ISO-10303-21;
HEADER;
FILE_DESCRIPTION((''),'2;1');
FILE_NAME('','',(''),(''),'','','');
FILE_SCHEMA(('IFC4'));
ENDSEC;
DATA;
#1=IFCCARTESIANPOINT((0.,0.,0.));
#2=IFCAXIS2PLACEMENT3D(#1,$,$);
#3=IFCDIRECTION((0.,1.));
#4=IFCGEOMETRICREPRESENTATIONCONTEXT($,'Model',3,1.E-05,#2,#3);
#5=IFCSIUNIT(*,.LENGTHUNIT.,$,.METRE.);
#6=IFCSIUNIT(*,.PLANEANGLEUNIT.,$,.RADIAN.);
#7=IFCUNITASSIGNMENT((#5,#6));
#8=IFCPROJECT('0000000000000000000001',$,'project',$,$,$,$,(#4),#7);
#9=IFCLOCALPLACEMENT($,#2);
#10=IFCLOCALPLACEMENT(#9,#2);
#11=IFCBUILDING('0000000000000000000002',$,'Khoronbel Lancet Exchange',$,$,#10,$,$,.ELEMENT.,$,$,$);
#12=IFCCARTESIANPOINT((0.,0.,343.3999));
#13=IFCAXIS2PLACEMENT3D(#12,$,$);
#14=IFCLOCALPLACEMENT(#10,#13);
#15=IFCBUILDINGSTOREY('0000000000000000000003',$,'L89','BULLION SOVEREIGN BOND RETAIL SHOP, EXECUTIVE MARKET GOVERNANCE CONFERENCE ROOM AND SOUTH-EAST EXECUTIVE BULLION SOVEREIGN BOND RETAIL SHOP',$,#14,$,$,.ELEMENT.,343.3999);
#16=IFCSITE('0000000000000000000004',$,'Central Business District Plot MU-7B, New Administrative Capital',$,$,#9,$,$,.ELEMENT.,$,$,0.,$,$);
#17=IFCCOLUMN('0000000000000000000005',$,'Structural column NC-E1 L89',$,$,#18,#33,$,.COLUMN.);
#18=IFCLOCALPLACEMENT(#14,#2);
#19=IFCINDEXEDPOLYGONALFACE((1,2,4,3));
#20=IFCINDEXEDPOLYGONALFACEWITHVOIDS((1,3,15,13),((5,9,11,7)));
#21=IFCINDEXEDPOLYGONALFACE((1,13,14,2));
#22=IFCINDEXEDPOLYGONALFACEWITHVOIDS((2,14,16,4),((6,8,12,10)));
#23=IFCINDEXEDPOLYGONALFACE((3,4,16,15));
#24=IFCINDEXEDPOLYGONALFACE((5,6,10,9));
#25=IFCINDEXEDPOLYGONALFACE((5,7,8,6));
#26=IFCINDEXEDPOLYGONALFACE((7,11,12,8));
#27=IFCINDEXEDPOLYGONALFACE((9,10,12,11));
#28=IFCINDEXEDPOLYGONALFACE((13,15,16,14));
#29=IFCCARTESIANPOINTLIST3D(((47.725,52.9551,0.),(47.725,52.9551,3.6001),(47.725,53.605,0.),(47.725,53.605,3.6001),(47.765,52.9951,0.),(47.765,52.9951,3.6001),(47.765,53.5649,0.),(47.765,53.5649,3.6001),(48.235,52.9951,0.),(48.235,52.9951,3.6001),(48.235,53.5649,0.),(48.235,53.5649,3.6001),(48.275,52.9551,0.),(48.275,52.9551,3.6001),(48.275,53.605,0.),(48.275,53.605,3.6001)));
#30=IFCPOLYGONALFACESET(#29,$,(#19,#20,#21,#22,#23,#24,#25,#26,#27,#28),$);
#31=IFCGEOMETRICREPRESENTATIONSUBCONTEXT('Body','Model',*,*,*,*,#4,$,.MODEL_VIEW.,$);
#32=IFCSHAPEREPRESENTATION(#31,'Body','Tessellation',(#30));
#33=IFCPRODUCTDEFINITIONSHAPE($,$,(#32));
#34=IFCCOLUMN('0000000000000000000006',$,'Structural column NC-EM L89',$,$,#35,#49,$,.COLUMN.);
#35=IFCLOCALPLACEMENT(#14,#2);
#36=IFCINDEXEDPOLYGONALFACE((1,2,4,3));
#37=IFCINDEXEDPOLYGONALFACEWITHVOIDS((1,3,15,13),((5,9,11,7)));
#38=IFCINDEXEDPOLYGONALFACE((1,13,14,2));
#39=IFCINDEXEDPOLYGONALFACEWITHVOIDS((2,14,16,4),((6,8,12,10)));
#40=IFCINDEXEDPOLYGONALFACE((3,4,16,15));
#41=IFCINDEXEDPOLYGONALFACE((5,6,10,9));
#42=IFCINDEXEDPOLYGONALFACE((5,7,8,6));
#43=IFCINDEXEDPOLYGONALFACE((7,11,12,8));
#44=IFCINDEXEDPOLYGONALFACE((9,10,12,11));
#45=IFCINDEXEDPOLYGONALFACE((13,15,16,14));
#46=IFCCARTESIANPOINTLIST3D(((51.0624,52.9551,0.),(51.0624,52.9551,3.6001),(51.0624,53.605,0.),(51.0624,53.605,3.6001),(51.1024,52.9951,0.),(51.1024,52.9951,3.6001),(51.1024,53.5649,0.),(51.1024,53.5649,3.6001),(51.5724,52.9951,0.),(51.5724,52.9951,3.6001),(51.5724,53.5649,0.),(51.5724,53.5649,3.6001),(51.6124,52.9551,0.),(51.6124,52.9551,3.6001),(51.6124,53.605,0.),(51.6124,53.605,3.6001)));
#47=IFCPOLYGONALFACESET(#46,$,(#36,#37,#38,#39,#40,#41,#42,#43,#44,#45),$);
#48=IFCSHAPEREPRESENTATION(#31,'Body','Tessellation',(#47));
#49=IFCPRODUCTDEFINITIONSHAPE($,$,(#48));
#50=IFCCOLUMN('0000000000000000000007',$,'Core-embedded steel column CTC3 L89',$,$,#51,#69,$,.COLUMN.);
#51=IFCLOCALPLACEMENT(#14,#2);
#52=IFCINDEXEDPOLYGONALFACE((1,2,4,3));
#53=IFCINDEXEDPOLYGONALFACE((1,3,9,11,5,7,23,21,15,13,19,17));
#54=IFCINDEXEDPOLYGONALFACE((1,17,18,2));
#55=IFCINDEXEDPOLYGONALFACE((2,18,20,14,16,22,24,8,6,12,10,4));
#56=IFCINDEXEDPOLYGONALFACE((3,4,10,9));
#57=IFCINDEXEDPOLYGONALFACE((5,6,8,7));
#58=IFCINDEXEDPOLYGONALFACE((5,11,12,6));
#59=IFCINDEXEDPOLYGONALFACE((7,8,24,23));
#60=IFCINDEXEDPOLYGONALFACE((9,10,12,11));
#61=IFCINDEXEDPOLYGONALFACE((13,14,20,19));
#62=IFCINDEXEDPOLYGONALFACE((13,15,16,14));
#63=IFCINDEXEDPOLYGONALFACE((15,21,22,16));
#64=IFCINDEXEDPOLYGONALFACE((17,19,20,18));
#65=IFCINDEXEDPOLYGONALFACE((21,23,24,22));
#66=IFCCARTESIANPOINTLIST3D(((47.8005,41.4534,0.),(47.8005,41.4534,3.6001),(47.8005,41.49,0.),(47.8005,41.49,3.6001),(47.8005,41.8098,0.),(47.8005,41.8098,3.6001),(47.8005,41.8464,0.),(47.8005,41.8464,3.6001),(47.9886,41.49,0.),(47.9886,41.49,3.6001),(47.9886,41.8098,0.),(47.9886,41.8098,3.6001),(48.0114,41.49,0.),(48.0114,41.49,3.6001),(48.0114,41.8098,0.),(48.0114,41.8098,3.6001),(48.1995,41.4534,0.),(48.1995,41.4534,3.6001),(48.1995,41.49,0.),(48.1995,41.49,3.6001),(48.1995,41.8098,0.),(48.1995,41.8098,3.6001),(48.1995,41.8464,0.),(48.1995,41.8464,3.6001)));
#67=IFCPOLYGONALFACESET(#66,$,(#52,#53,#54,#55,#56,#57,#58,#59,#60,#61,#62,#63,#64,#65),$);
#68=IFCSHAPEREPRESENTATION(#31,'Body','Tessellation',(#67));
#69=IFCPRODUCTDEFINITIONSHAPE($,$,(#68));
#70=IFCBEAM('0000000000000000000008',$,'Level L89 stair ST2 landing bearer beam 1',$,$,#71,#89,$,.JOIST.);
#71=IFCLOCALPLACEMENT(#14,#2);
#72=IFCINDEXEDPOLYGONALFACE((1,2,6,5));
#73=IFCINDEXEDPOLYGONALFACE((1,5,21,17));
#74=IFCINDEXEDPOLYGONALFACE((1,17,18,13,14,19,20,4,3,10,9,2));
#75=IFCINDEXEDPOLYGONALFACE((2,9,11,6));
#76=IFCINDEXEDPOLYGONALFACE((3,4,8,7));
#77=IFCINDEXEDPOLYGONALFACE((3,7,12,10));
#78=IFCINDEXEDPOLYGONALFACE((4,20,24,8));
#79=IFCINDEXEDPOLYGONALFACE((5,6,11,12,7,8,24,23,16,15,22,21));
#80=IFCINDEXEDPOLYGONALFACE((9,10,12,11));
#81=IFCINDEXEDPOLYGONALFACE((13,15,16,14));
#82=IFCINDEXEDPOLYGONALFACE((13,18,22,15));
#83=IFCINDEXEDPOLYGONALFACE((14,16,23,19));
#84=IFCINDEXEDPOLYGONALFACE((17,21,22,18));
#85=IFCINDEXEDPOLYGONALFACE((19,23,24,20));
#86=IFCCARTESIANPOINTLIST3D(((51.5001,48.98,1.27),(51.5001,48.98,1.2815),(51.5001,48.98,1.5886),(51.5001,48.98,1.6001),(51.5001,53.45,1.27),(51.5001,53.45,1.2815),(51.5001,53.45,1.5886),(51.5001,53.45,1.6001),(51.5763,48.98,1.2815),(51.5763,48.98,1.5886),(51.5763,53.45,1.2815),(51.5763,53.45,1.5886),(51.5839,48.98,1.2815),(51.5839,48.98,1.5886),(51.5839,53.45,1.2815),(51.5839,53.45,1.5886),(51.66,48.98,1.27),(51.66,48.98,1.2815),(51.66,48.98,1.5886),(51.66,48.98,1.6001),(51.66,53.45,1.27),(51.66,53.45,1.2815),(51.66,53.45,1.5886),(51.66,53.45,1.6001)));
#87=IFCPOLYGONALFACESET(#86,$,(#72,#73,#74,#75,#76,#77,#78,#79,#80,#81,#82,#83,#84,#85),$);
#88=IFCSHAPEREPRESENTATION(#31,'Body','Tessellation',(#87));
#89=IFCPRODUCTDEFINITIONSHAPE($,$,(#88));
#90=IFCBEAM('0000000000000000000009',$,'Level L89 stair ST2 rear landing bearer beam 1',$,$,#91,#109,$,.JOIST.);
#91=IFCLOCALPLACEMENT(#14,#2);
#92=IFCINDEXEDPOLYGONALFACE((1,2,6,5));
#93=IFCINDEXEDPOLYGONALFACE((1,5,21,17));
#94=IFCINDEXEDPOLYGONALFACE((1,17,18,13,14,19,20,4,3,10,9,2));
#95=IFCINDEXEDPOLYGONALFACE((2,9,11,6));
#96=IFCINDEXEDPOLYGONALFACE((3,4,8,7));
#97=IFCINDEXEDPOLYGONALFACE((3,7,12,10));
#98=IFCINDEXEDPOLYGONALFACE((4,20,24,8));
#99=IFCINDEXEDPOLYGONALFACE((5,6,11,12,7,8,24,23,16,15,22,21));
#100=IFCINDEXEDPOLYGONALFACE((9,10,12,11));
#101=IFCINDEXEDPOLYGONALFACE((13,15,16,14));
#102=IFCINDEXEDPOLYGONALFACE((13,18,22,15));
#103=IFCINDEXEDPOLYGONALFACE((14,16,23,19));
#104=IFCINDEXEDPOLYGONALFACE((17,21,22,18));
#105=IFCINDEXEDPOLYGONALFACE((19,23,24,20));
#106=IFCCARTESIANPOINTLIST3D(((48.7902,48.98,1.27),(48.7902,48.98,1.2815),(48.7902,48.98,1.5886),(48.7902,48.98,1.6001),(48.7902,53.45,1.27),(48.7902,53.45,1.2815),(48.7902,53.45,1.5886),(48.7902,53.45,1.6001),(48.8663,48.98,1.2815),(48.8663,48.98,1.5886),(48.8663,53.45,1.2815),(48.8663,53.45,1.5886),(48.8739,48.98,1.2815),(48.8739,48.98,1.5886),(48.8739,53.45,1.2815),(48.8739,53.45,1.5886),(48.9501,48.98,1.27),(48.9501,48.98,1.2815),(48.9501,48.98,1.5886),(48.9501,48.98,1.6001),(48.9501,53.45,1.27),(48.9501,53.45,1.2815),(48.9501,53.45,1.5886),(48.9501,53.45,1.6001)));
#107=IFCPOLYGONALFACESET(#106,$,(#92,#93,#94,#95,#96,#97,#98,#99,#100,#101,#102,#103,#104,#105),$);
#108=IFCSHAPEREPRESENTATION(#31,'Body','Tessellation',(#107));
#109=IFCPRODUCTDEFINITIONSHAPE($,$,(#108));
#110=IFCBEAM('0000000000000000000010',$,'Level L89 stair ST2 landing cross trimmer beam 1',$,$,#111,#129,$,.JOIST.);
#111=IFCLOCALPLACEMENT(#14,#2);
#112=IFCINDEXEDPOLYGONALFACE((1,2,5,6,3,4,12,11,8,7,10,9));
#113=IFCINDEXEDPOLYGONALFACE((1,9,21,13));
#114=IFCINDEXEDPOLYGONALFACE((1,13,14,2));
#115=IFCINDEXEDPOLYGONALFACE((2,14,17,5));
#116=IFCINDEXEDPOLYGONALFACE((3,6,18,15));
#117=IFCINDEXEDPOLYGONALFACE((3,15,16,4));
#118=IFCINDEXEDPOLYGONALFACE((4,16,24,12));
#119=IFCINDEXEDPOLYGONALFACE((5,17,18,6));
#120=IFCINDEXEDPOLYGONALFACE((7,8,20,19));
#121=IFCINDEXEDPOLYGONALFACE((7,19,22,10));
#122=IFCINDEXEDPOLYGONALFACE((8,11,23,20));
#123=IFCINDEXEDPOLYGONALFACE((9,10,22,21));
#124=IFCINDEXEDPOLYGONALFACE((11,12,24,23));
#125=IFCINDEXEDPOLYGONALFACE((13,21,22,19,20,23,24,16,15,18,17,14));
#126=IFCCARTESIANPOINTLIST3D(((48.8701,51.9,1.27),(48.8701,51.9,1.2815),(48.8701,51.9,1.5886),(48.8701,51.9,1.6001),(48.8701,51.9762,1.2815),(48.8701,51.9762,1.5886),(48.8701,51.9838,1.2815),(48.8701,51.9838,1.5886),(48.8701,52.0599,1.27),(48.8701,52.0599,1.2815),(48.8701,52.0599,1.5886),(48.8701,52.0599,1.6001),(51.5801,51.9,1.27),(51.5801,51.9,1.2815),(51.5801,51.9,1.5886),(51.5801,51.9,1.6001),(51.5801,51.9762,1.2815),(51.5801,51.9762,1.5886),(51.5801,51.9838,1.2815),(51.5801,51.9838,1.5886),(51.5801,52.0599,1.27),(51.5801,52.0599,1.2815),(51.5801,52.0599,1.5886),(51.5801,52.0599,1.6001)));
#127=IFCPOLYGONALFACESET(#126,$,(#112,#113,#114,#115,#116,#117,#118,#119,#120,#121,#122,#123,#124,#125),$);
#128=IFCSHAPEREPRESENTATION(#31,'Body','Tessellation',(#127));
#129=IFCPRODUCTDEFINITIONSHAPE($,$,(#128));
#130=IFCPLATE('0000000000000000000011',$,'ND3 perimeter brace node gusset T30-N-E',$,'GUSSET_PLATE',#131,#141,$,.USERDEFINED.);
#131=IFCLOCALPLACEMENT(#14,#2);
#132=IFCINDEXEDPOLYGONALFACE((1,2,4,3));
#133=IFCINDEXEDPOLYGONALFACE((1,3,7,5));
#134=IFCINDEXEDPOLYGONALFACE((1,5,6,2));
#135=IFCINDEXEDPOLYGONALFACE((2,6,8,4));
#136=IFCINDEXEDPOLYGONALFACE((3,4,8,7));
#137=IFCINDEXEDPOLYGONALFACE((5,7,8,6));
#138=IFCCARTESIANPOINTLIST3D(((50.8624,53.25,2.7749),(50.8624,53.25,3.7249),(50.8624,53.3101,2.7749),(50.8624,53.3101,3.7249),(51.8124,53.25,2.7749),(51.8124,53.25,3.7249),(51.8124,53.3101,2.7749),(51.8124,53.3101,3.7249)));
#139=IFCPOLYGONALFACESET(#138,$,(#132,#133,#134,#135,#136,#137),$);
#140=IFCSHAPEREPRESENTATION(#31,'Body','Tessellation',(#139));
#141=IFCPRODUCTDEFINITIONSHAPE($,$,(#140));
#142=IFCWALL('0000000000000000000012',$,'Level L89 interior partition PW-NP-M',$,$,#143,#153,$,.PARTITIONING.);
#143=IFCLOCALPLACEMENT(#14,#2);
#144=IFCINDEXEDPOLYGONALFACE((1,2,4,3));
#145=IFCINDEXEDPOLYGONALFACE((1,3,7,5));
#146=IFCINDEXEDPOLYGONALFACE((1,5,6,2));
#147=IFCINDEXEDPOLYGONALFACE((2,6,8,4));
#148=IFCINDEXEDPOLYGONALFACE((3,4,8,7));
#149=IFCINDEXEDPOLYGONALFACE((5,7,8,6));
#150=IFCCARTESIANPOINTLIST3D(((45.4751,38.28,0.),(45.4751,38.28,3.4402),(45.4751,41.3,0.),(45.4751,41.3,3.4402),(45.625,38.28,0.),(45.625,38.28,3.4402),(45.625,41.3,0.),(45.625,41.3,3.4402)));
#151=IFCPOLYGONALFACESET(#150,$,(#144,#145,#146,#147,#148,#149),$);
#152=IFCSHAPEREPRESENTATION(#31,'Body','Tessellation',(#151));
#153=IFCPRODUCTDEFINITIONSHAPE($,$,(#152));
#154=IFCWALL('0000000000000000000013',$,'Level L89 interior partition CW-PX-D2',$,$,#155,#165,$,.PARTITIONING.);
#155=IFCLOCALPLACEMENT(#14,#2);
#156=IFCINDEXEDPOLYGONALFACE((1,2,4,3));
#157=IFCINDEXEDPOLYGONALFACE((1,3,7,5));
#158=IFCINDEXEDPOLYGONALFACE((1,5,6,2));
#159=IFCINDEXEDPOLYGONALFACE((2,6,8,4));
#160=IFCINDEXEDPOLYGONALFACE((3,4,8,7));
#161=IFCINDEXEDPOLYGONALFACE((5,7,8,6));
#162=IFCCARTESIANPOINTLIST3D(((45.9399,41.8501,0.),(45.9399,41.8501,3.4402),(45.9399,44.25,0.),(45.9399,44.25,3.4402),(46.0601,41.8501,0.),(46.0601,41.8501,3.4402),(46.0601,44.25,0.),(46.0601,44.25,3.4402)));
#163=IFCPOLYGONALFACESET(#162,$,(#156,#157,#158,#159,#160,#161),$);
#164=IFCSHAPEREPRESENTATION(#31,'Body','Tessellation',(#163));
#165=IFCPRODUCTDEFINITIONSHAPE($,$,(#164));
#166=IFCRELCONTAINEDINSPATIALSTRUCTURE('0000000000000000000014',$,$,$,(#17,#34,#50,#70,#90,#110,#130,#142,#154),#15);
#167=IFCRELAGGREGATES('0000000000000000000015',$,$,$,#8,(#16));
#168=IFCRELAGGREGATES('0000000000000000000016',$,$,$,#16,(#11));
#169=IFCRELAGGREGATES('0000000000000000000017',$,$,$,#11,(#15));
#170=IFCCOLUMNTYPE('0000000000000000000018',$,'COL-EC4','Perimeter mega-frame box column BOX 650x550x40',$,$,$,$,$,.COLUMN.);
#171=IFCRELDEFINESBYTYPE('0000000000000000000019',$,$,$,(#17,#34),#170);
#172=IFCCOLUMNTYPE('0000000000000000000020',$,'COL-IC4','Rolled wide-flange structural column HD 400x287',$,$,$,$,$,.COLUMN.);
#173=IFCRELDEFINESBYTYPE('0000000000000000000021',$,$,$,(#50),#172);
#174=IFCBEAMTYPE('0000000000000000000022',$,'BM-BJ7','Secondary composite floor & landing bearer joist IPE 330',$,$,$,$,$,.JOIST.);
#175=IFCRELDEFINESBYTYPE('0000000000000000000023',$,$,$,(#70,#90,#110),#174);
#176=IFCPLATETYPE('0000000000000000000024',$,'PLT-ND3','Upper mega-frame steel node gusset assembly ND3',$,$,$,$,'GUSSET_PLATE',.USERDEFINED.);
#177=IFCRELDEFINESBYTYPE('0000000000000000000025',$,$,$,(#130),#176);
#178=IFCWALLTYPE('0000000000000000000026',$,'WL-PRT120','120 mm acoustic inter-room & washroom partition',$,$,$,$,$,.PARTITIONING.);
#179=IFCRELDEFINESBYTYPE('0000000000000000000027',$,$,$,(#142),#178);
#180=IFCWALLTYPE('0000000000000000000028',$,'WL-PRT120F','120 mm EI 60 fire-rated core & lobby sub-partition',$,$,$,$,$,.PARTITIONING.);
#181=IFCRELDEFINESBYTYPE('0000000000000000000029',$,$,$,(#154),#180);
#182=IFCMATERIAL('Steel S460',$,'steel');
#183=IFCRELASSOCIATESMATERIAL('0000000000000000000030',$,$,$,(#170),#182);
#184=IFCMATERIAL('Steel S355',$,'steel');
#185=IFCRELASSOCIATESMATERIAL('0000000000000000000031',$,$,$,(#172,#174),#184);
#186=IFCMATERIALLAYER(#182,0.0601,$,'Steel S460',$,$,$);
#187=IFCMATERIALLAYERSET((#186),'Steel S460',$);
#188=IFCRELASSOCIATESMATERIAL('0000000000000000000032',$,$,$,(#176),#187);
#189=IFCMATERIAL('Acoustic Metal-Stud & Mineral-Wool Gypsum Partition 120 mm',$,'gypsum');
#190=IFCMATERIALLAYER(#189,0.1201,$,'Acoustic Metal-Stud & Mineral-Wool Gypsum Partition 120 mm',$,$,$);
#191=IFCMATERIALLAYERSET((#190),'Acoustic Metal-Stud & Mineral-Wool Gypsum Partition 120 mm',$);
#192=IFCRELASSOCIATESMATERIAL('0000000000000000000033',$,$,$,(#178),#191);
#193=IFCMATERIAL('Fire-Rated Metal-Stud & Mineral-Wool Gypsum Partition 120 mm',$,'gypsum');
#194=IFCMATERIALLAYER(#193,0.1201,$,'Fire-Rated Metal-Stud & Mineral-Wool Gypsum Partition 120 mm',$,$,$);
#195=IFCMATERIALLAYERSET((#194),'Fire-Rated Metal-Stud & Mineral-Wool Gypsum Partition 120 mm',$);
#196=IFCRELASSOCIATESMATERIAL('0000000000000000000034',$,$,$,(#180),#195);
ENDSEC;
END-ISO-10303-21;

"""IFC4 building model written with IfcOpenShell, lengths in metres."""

from ifc_helpers import new_model, si_unit, direction, frame, frame_2d, origin, origin_2d, place, context, subcontext, project, spatial, rectangle, hollow_rectangle, i_section, extrude, material, layer, layer_set, material_profile, profile_set, type_object, element, save


model = new_model("IFC4")

# Units and contexts
model_context = context("Model", 3, precision=1e-05, world=origin(), true_north=direction((0.0, 1.0)))
body_context = subcontext(model_context, "Body", "Model", "MODEL_VIEW")
ifc_project = project(units=[si_unit("LENGTHUNIT", "METRE"), si_unit("PLANEANGLEUNIT", "RADIAN")], contexts=[model_context])

# Site, building, storey
site_placement = place(None, origin())
site = spatial("IfcSite", under=ifc_project, at=site_placement, Name="Central Business District Plot MU-7B, New Administrative Capital", CompositionType="ELEMENT", RefElevation=0.0)
building_placement = place(site_placement, origin())
building = spatial("IfcBuilding", under=site, at=building_placement, Name="Khoronbel Lancet Exchange", CompositionType="ELEMENT")
storey_placement = place(building_placement, frame((0.0, 0.0, 343.3999)))
storey = spatial("IfcBuildingStorey", under=building, at=storey_placement, Name="L89", Description="BULLION SOVEREIGN BOND RETAIL SHOP, EXECUTIVE MARKET GOVERNANCE CONFERENCE ROOM AND SOUTH-EAST EXECUTIVE BULLION SOVEREIGN BOND RETAIL SHOP", CompositionType="ELEMENT", Elevation=343.3999)

# Columns
ifc_material_1 = material(Name="Steel S460", Category="steel")
ifc_material_profile_1 = material_profile(ifc_material_1, hollow_rectangle(XDim=0.55, YDim=0.6499, WallThickness=0.04, at=origin_2d()), Name="BOX 650x550x40")
ifc_profile_set_1 = profile_set([ifc_material_profile_1], Name="Steel S460")
column_type_1 = type_object("IfcColumnType", Name="COL-EC4", Description="Perimeter mega-frame box column BOX 650x550x40", PredefinedType="COLUMN", material=ifc_profile_set_1)
for number, where, z_axis, x_axis, name in (
    (1, (48.0, 53.28, 0.0), (0.0, 0.0, 1.0), (1.0, 0.0, 0.0), "Structural column NC-E1 L89"),
    (2, (51.3374, 53.28, 0.0), (0.0, 0.0, 1.0), (1.0, 0.0, 0.0), "Structural column NC-EM L89"),
):
    element("IfcColumn", number, at=place(storey_placement, frame(where, z_axis=z_axis, x_axis=x_axis)), inside=storey, type_object=column_type_1, Name=name, PredefinedType="COLUMN", context=body_context, shape_type="SweptSolid", body=[
        extrude(hollow_rectangle(XDim=0.55, YDim=0.6499, WallThickness=0.04, at=origin_2d()), origin(), (0.0, 0.0, 1.0), 3.6001),
    ])
ifc_material_2 = material(Name="Steel S355", Category="steel")
ifc_material_profile_2 = material_profile(ifc_material_2, i_section(OverallWidth=0.3989, OverallDepth=0.3931, WebThickness=0.0227, FlangeThickness=0.0366, at=origin_2d()), Name="HD 400x287")
ifc_profile_set_2 = profile_set([ifc_material_profile_2], Name="Steel S355")
column_type_2 = type_object("IfcColumnType", Name="COL-IC4", Description="Rolled wide-flange structural column HD 400x287", PredefinedType="COLUMN", material=ifc_profile_set_2)
column_placement = place(storey_placement, frame((48.0, 41.6499, 0.0), z_axis=(0.0, 0.0, 1.0), x_axis=(1.0, 0.0, 0.0)))
element("IfcColumn", 3, at=column_placement, inside=storey, type_object=column_type_2, Name="Core-embedded steel column CTC3 L89", PredefinedType="COLUMN", context=body_context, shape_type="SweptSolid", body=[
    extrude(i_section(OverallWidth=0.3989, OverallDepth=0.3931, WebThickness=0.0227, FlangeThickness=0.0366, at=origin_2d()), origin(), (0.0, 0.0, 1.0), 3.6001),
])

# Beams
ifc_material_profile_3 = material_profile(ifc_material_2, i_section(OverallWidth=0.1599, OverallDepth=0.3301, WebThickness=0.0076, FlangeThickness=0.0115, at=origin_2d()), Name="IPE 330")
ifc_profile_set_3 = profile_set([ifc_material_profile_3], Name="Steel S355")
beam_type = type_object("IfcBeamType", Name="BM-BJ7", Description="Secondary composite floor & landing bearer joist IPE 330", PredefinedType="JOIST", material=ifc_profile_set_3)
for number, where, z_axis, x_axis, name in (
    (4, (51.5801, 48.98, 1.4351), (0.0, 1.0, 0.0), (-1.0, 0.0, 0.0), "Level L89 stair ST2 landing bearer beam 1"),
    (5, (48.8701, 48.98, 1.4351), (0.0, 1.0, 0.0), (-1.0, 0.0, 0.0), "Level L89 stair ST2 rear landing bearer beam 1"),
):
    element("IfcBeam", number, at=place(storey_placement, frame(where, z_axis=z_axis, x_axis=x_axis)), inside=storey, type_object=beam_type, Name=name, PredefinedType="JOIST", context=body_context, shape_type="SweptSolid", body=[
        extrude(i_section(OverallWidth=0.1599, OverallDepth=0.3301, WebThickness=0.0076, FlangeThickness=0.0115, at=origin_2d()), origin(), (0.0, 0.0, 1.0), 4.47),
    ])
beam_placement = place(storey_placement, frame((48.8701, 51.98, 1.4351), z_axis=(1.0, 0.0, 0.0), x_axis=(0.0, 1.0, 0.0)))
element("IfcBeam", 6, at=beam_placement, inside=storey, type_object=beam_type, Name="Level L89 stair ST2 landing cross trimmer beam 1", PredefinedType="JOIST", context=body_context, shape_type="SweptSolid", body=[
    extrude(i_section(OverallWidth=0.1599, OverallDepth=0.3301, WebThickness=0.0076, FlangeThickness=0.0115, at=origin_2d()), origin(), (0.0, 0.0, 1.0), 2.71),
])

# Plate
ifc_layer_1 = layer(ifc_material_1, 0.0601, Name="Steel S460")
ifc_layer_set_1 = layer_set([ifc_layer_1], Name="Steel S460")
plate_type = type_object("IfcPlateType", Name="PLT-ND3", Description="Upper mega-frame steel node gusset assembly ND3", ElementType="GUSSET_PLATE", PredefinedType="USERDEFINED", material=ifc_layer_set_1)
plate_placement = place(storey_placement, frame((51.3374, 53.28, 2.7749), z_axis=(0.0, 0.0, 1.0), x_axis=(1.0, 0.0, 0.0)))
element("IfcPlate", 7, at=plate_placement, inside=storey, type_object=plate_type, Name="ND3 perimeter brace node gusset T30-N-E", ObjectType="GUSSET_PLATE", PredefinedType="USERDEFINED", context=body_context, shape_type="SweptSolid", body=[
    extrude(rectangle(XDim=0.95, YDim=0.0601, at=origin_2d()), origin(), (0.0, 0.0, 1.0), 0.95),
])

# Walls
ifc_material_3 = material(Name="Acoustic Metal-Stud & Mineral-Wool Gypsum Partition 120 mm", Category="gypsum")
ifc_layer_2 = layer(ifc_material_3, 0.1201, Name="Acoustic Metal-Stud & Mineral-Wool Gypsum Partition 120 mm")
ifc_layer_set_2 = layer_set([ifc_layer_2], Name="Acoustic Metal-Stud & Mineral-Wool Gypsum Partition 120 mm")
wall_type_1 = type_object("IfcWallType", Name="WL-PRT120", Description="120 mm acoustic inter-room & washroom partition", PredefinedType="PARTITIONING", material=ifc_layer_set_2)
wall_1_placement = place(storey_placement, frame((45.55, 38.28, 0.0), z_axis=(0.0, 0.0, 1.0), x_axis=(0.0, 1.0, 0.0)))
element("IfcWall", 8, at=wall_1_placement, inside=storey, type_object=wall_type_1, Name="Level L89 interior partition PW-NP-M", PredefinedType="PARTITIONING", context=body_context, shape_type="SweptSolid", body=[
    extrude(rectangle(XDim=3.02, YDim=0.1499, at=frame_2d((1.51, 0.0))), origin(), (0.0, 0.0, 1.0), 3.4402),
])
ifc_material_4 = material(Name="Fire-Rated Metal-Stud & Mineral-Wool Gypsum Partition 120 mm", Category="gypsum")
ifc_layer_3 = layer(ifc_material_4, 0.1201, Name="Fire-Rated Metal-Stud & Mineral-Wool Gypsum Partition 120 mm")
ifc_layer_set_3 = layer_set([ifc_layer_3], Name="Fire-Rated Metal-Stud & Mineral-Wool Gypsum Partition 120 mm")
wall_type_2 = type_object("IfcWallType", Name="WL-PRT120F", Description="120 mm EI 60 fire-rated core & lobby sub-partition", PredefinedType="PARTITIONING", material=ifc_layer_set_3)
wall_2_placement = place(storey_placement, frame((46.0, 41.8501, 0.0), z_axis=(0.0, 0.0, 1.0), x_axis=(0.0, 1.0, 0.0)))
element("IfcWall", 9, at=wall_2_placement, inside=storey, type_object=wall_type_2, Name="Level L89 interior partition CW-PX-D2", PredefinedType="PARTITIONING", context=body_context, shape_type="SweptSolid", body=[
    extrude(rectangle(XDim=2.3999, YDim=0.1201, at=frame_2d((1.2, 0.0))), origin(), (0.0, 0.0, 1.0), 3.4402),
])

save(model, "model.ifc")
